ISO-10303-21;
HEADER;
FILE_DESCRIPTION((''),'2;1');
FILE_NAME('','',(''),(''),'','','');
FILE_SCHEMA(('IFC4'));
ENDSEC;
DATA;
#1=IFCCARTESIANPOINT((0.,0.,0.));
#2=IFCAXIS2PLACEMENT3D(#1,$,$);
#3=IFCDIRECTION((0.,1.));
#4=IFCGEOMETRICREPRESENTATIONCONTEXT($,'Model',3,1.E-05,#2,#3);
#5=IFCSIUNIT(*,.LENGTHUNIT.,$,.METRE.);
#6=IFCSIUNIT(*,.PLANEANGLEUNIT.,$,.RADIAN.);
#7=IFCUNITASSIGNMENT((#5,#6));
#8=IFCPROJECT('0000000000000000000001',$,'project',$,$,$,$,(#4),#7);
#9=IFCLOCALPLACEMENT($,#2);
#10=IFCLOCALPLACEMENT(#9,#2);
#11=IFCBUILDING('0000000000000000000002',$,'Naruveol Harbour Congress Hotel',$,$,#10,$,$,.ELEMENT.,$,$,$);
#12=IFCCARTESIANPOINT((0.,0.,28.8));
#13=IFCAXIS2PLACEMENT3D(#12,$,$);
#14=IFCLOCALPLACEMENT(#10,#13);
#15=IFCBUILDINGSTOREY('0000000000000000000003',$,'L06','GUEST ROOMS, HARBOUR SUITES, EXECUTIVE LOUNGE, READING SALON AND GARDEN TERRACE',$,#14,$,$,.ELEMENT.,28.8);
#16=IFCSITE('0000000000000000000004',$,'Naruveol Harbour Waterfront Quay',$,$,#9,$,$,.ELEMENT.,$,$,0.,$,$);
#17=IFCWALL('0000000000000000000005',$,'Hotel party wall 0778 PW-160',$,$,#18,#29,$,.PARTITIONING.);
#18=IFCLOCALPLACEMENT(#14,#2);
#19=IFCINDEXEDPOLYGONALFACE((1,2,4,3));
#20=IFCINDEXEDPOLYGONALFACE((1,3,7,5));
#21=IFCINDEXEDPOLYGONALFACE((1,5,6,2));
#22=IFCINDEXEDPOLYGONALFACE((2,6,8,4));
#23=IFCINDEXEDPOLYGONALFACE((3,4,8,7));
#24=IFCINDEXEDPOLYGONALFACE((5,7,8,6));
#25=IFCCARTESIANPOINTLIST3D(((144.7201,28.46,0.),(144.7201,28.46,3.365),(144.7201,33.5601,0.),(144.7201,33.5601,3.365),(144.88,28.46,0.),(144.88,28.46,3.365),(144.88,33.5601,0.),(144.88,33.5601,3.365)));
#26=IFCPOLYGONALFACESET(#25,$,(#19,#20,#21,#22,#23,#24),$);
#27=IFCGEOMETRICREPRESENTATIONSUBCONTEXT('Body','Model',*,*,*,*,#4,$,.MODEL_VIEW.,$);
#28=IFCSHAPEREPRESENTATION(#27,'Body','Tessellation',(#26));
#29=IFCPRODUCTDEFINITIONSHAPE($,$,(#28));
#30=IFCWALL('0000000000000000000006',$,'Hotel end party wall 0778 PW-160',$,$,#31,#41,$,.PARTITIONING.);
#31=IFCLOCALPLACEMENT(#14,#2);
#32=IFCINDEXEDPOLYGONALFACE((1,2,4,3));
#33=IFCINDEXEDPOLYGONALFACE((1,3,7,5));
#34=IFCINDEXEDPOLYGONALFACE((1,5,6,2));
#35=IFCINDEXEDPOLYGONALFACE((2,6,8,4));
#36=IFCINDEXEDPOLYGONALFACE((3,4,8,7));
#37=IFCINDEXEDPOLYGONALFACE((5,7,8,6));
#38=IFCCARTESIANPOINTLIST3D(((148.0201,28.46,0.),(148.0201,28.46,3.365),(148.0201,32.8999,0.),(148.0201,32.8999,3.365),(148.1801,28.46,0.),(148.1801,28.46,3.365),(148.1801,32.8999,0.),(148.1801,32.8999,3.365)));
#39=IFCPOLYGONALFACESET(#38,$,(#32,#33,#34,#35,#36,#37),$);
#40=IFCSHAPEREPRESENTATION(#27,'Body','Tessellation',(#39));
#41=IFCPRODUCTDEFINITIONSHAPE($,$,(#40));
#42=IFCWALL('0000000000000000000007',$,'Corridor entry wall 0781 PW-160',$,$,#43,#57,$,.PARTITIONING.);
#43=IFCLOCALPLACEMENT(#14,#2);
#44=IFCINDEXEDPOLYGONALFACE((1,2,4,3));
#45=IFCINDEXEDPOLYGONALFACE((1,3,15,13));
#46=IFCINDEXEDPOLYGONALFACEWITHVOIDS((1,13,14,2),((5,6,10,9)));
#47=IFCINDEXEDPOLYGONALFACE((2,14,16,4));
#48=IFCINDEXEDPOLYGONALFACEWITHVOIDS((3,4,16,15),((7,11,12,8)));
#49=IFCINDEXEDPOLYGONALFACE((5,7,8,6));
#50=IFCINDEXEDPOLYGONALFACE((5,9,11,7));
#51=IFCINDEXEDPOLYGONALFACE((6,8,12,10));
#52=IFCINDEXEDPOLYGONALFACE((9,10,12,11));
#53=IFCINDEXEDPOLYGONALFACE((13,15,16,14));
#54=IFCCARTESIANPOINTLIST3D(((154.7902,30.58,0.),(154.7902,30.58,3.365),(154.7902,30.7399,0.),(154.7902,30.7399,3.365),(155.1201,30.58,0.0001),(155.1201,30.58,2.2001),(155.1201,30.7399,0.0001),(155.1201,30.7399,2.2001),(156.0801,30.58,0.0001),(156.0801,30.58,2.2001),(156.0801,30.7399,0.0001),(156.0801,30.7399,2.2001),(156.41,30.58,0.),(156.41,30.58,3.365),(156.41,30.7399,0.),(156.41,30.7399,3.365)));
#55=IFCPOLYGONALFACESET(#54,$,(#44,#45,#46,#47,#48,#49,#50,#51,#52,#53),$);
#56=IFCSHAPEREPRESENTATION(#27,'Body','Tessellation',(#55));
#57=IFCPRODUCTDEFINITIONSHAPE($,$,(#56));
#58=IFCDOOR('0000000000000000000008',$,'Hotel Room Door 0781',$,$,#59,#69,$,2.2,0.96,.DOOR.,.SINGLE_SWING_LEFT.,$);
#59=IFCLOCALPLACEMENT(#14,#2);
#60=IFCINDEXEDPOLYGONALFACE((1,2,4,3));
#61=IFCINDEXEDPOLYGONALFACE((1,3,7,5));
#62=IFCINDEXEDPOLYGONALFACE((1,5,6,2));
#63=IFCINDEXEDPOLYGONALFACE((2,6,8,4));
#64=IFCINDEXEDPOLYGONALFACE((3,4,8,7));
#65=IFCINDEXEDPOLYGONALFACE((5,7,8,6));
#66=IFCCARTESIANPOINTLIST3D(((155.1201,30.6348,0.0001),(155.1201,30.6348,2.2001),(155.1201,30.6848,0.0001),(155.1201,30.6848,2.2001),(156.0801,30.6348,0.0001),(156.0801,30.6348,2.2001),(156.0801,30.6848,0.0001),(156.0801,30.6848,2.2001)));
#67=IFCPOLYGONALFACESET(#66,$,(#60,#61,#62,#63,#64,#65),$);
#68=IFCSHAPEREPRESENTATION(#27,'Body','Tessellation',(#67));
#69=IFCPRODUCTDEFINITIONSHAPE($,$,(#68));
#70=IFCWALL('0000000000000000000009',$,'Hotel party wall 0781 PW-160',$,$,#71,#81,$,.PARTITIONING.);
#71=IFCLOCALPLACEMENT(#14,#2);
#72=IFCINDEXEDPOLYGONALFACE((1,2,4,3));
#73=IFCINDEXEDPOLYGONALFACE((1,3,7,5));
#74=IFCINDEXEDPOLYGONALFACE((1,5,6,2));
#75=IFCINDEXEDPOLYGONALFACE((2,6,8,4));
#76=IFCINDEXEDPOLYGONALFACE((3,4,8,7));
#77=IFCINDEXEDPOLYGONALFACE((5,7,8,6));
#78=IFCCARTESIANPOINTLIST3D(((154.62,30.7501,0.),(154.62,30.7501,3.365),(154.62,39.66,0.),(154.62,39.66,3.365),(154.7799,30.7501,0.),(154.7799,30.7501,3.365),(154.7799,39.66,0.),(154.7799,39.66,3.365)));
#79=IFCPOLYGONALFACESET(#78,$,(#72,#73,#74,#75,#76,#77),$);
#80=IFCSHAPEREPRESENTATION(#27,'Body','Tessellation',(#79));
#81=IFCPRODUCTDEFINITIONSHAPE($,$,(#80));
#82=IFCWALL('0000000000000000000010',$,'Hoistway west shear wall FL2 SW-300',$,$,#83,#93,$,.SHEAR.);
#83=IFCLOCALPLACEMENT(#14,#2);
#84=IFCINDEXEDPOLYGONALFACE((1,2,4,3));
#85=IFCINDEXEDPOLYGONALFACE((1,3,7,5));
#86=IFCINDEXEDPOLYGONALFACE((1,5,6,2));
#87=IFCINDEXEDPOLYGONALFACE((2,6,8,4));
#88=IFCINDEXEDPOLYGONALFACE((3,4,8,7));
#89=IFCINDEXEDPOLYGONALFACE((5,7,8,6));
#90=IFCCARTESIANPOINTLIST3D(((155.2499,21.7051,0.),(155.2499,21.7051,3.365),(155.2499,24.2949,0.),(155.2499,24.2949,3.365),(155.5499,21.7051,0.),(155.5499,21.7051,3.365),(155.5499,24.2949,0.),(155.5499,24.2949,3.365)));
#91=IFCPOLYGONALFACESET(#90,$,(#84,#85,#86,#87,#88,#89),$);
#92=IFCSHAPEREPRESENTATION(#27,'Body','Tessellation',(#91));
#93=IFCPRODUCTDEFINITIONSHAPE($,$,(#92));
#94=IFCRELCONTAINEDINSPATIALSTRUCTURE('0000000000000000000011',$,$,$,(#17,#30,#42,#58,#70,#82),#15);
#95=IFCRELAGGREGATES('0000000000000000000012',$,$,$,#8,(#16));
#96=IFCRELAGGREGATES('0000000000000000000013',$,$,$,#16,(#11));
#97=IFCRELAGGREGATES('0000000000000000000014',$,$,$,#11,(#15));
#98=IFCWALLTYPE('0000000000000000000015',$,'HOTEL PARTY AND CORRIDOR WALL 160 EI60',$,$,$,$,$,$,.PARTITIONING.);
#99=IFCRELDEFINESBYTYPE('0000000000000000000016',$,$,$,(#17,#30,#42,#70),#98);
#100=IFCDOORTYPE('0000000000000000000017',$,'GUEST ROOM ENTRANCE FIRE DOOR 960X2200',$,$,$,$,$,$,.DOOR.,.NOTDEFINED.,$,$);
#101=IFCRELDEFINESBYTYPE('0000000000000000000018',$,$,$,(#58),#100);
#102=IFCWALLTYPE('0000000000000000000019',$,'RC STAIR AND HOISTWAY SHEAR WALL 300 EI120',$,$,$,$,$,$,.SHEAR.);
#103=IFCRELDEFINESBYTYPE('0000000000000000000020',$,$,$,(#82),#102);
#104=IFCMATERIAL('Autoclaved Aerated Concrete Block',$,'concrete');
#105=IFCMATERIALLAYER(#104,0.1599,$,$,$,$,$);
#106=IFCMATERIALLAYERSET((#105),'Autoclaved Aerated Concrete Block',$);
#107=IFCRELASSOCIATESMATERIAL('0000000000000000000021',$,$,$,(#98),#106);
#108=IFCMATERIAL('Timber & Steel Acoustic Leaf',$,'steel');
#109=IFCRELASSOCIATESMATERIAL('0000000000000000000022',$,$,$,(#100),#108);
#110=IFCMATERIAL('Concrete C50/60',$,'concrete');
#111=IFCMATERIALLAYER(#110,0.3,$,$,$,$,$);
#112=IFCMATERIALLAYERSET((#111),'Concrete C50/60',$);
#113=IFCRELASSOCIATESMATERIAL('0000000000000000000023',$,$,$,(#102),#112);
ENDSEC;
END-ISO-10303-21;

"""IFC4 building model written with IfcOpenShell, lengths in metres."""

from ifc_helpers import new_model, si_unit, direction, frame, frame_2d, origin, place, context, subcontext, project, spatial, rectangle, extrude, material, layer, layer_set, type_object, element, fill, save


model = new_model("IFC4")

# Units and contexts
model_context = context("Model", 3, precision=1e-05, world=origin(), true_north=direction((0.0, 1.0)))
body_context = subcontext(model_context, "Body", "Model", "MODEL_VIEW")
ifc_project = project(units=[si_unit("LENGTHUNIT", "METRE"), si_unit("PLANEANGLEUNIT", "RADIAN")], contexts=[model_context])

# Site, building, storey
site_placement = place(None, origin())
site = spatial("IfcSite", under=ifc_project, at=site_placement, Name="Naruveol Harbour Waterfront Quay", CompositionType="ELEMENT", RefElevation=0.0)
building_placement = place(site_placement, origin())
building = spatial("IfcBuilding", under=site, at=building_placement, Name="Naruveol Harbour Congress Hotel", CompositionType="ELEMENT")
storey_placement = place(building_placement, frame((0.0, 0.0, 28.8)))
storey = spatial("IfcBuildingStorey", under=building, at=storey_placement, Name="L06", Description="GUEST ROOMS, HARBOUR SUITES, EXECUTIVE LOUNGE, READING SALON AND GARDEN TERRACE", CompositionType="ELEMENT", Elevation=28.8)

# Shared definitions
ifc_material_1 = material(Name="Autoclaved Aerated Concrete Block", Category="concrete")
ifc_layer_1 = layer(ifc_material_1, 0.1599)
ifc_layer_set_1 = layer_set([ifc_layer_1], Name="Autoclaved Aerated Concrete Block")
wall_type_1 = type_object("IfcWallType", Name="HOTEL PARTY AND CORRIDOR WALL 160 EI60", PredefinedType="PARTITIONING", material=ifc_layer_set_1)

# Shared definitions
ifc_material_2 = material(Name="Timber & Steel Acoustic Leaf", Category="steel")
door_type_1 = type_object("IfcDoorType", Name="GUEST ROOM ENTRANCE FIRE DOOR 960X2200", OperationType="NOTDEFINED", PredefinedType="DOOR", material=ifc_material_2)

# Walls
wall_1_placement = place(storey_placement, frame((144.8, 28.46, 0.0), z_axis=(0.0, 0.0, 1.0), x_axis=(0.0, 1.0, 0.0)))
element("IfcWall", 1, at=wall_1_placement, inside=storey, type_object=wall_type_1, Name="Hotel party wall 0778 PW-160", PredefinedType="PARTITIONING", context=body_context, shape_type="SweptSolid", body=[
    extrude(rectangle(XDim=5.1001, YDim=0.1599, at=frame_2d((2.55, 0.0))), origin(), (0.0, 0.0, 1.0), 3.365),
])
wall_2_placement = place(storey_placement, frame((148.1001, 28.46, 0.0), z_axis=(0.0, 0.0, 1.0), x_axis=(0.0, 1.0, 0.0)))
element("IfcWall", 2, at=wall_2_placement, inside=storey, type_object=wall_type_1, Name="Hotel end party wall 0778 PW-160", PredefinedType="PARTITIONING", context=body_context, shape_type="SweptSolid", body=[
    extrude(rectangle(XDim=4.4399, YDim=0.1599, at=frame_2d((2.22, 0.0))), origin(), (0.0, 0.0, 1.0), 3.365),
])

# Wall, opening, door
wall_3_placement = place(storey_placement, frame((154.79, 30.6599, 0.0), z_axis=(0.0, 0.0, 1.0), x_axis=(1.0, 0.0, 0.0)))
wall_3 = element("IfcWall", 3, at=wall_3_placement, inside=storey, type_object=wall_type_1, Name="Corridor entry wall 0781 PW-160", PredefinedType="PARTITIONING", context=body_context, shape_type="SweptSolid", body=[
    extrude(rectangle(XDim=1.6199, YDim=0.1599, at=frame_2d((0.8101, 0.0))), origin(), (0.0, 0.0, 1.0), 3.365),
])
opening_1_placement = place(wall_3_placement, frame((0.3301, 0.0, 0.0)))
opening_1 = element("IfcOpeningElement", 4, at=opening_1_placement, cuts=wall_3, PredefinedType="OPENING", context=body_context, shape_type="SweptSolid", body=[
    extrude(rectangle(XDim=0.96, YDim=2.2, at=frame_2d((0.48, 1.1001))), frame((0.0, 0.0898, 0.0), z_axis=(0.0, -1.0, 0.0), x_axis=(1.0, 0.0, 0.0)), (0.0, 0.0, 1.0), 0.1799),
])
door_1_placement = place(opening_1_placement, origin())
door_1 = element("IfcDoor", 5, at=door_1_placement, inside=storey, type_object=door_type_1, Name="Hotel Room Door 0781", OperationType="SINGLE_SWING_LEFT", OverallHeight=2.2, OverallWidth=0.96, PredefinedType="DOOR", context=body_context, shape_type="SweptSolid", body=[
    extrude(rectangle(XDim=0.96, YDim=2.2, at=frame_2d((0.48, 1.1001))), frame((0.0, 0.0249, 0.0), z_axis=(0.0, -1.0, 0.0), x_axis=(1.0, 0.0, 0.0)), (0.0, 0.0, 1.0), 0.05),
])
fill(opening_1, door_1)

# Walls
wall_4_placement = place(storey_placement, frame((154.7, 30.75, 0.0), z_axis=(0.0, 0.0, 1.0), x_axis=(0.0, 1.0, 0.0)))
element("IfcWall", 6, at=wall_4_placement, inside=storey, type_object=wall_type_1, Name="Hotel party wall 0781 PW-160", PredefinedType="PARTITIONING", context=body_context, shape_type="SweptSolid", body=[
    extrude(rectangle(XDim=8.9099, YDim=0.1599, at=frame_2d((4.4551, 0.0))), origin(), (0.0, 0.0, 1.0), 3.365),
])
ifc_material_3 = material(Name="Concrete C50/60", Category="concrete")
ifc_layer_2 = layer(ifc_material_3, 0.3)
ifc_layer_set_2 = layer_set([ifc_layer_2], Name="Concrete C50/60")
wall_type_2 = type_object("IfcWallType", Name="RC STAIR AND HOISTWAY SHEAR WALL 300 EI120", PredefinedType="SHEAR", material=ifc_layer_set_2)
wall_5_placement = place(storey_placement, frame((155.3999, 24.2949, 0.0), z_axis=(0.0, 0.0, 1.0), x_axis=(0.0, -1.0, 0.0)))
element("IfcWall", 7, at=wall_5_placement, inside=storey, type_object=wall_type_2, Name="Hoistway west shear wall FL2 SW-300", PredefinedType="SHEAR", context=body_context, shape_type="SweptSolid", body=[
    extrude(rectangle(XDim=2.5898, YDim=0.3, at=frame_2d((1.2949, 0.0))), origin(), (0.0, 0.0, 1.0), 3.365),
])

save(model, "model.ifc")
